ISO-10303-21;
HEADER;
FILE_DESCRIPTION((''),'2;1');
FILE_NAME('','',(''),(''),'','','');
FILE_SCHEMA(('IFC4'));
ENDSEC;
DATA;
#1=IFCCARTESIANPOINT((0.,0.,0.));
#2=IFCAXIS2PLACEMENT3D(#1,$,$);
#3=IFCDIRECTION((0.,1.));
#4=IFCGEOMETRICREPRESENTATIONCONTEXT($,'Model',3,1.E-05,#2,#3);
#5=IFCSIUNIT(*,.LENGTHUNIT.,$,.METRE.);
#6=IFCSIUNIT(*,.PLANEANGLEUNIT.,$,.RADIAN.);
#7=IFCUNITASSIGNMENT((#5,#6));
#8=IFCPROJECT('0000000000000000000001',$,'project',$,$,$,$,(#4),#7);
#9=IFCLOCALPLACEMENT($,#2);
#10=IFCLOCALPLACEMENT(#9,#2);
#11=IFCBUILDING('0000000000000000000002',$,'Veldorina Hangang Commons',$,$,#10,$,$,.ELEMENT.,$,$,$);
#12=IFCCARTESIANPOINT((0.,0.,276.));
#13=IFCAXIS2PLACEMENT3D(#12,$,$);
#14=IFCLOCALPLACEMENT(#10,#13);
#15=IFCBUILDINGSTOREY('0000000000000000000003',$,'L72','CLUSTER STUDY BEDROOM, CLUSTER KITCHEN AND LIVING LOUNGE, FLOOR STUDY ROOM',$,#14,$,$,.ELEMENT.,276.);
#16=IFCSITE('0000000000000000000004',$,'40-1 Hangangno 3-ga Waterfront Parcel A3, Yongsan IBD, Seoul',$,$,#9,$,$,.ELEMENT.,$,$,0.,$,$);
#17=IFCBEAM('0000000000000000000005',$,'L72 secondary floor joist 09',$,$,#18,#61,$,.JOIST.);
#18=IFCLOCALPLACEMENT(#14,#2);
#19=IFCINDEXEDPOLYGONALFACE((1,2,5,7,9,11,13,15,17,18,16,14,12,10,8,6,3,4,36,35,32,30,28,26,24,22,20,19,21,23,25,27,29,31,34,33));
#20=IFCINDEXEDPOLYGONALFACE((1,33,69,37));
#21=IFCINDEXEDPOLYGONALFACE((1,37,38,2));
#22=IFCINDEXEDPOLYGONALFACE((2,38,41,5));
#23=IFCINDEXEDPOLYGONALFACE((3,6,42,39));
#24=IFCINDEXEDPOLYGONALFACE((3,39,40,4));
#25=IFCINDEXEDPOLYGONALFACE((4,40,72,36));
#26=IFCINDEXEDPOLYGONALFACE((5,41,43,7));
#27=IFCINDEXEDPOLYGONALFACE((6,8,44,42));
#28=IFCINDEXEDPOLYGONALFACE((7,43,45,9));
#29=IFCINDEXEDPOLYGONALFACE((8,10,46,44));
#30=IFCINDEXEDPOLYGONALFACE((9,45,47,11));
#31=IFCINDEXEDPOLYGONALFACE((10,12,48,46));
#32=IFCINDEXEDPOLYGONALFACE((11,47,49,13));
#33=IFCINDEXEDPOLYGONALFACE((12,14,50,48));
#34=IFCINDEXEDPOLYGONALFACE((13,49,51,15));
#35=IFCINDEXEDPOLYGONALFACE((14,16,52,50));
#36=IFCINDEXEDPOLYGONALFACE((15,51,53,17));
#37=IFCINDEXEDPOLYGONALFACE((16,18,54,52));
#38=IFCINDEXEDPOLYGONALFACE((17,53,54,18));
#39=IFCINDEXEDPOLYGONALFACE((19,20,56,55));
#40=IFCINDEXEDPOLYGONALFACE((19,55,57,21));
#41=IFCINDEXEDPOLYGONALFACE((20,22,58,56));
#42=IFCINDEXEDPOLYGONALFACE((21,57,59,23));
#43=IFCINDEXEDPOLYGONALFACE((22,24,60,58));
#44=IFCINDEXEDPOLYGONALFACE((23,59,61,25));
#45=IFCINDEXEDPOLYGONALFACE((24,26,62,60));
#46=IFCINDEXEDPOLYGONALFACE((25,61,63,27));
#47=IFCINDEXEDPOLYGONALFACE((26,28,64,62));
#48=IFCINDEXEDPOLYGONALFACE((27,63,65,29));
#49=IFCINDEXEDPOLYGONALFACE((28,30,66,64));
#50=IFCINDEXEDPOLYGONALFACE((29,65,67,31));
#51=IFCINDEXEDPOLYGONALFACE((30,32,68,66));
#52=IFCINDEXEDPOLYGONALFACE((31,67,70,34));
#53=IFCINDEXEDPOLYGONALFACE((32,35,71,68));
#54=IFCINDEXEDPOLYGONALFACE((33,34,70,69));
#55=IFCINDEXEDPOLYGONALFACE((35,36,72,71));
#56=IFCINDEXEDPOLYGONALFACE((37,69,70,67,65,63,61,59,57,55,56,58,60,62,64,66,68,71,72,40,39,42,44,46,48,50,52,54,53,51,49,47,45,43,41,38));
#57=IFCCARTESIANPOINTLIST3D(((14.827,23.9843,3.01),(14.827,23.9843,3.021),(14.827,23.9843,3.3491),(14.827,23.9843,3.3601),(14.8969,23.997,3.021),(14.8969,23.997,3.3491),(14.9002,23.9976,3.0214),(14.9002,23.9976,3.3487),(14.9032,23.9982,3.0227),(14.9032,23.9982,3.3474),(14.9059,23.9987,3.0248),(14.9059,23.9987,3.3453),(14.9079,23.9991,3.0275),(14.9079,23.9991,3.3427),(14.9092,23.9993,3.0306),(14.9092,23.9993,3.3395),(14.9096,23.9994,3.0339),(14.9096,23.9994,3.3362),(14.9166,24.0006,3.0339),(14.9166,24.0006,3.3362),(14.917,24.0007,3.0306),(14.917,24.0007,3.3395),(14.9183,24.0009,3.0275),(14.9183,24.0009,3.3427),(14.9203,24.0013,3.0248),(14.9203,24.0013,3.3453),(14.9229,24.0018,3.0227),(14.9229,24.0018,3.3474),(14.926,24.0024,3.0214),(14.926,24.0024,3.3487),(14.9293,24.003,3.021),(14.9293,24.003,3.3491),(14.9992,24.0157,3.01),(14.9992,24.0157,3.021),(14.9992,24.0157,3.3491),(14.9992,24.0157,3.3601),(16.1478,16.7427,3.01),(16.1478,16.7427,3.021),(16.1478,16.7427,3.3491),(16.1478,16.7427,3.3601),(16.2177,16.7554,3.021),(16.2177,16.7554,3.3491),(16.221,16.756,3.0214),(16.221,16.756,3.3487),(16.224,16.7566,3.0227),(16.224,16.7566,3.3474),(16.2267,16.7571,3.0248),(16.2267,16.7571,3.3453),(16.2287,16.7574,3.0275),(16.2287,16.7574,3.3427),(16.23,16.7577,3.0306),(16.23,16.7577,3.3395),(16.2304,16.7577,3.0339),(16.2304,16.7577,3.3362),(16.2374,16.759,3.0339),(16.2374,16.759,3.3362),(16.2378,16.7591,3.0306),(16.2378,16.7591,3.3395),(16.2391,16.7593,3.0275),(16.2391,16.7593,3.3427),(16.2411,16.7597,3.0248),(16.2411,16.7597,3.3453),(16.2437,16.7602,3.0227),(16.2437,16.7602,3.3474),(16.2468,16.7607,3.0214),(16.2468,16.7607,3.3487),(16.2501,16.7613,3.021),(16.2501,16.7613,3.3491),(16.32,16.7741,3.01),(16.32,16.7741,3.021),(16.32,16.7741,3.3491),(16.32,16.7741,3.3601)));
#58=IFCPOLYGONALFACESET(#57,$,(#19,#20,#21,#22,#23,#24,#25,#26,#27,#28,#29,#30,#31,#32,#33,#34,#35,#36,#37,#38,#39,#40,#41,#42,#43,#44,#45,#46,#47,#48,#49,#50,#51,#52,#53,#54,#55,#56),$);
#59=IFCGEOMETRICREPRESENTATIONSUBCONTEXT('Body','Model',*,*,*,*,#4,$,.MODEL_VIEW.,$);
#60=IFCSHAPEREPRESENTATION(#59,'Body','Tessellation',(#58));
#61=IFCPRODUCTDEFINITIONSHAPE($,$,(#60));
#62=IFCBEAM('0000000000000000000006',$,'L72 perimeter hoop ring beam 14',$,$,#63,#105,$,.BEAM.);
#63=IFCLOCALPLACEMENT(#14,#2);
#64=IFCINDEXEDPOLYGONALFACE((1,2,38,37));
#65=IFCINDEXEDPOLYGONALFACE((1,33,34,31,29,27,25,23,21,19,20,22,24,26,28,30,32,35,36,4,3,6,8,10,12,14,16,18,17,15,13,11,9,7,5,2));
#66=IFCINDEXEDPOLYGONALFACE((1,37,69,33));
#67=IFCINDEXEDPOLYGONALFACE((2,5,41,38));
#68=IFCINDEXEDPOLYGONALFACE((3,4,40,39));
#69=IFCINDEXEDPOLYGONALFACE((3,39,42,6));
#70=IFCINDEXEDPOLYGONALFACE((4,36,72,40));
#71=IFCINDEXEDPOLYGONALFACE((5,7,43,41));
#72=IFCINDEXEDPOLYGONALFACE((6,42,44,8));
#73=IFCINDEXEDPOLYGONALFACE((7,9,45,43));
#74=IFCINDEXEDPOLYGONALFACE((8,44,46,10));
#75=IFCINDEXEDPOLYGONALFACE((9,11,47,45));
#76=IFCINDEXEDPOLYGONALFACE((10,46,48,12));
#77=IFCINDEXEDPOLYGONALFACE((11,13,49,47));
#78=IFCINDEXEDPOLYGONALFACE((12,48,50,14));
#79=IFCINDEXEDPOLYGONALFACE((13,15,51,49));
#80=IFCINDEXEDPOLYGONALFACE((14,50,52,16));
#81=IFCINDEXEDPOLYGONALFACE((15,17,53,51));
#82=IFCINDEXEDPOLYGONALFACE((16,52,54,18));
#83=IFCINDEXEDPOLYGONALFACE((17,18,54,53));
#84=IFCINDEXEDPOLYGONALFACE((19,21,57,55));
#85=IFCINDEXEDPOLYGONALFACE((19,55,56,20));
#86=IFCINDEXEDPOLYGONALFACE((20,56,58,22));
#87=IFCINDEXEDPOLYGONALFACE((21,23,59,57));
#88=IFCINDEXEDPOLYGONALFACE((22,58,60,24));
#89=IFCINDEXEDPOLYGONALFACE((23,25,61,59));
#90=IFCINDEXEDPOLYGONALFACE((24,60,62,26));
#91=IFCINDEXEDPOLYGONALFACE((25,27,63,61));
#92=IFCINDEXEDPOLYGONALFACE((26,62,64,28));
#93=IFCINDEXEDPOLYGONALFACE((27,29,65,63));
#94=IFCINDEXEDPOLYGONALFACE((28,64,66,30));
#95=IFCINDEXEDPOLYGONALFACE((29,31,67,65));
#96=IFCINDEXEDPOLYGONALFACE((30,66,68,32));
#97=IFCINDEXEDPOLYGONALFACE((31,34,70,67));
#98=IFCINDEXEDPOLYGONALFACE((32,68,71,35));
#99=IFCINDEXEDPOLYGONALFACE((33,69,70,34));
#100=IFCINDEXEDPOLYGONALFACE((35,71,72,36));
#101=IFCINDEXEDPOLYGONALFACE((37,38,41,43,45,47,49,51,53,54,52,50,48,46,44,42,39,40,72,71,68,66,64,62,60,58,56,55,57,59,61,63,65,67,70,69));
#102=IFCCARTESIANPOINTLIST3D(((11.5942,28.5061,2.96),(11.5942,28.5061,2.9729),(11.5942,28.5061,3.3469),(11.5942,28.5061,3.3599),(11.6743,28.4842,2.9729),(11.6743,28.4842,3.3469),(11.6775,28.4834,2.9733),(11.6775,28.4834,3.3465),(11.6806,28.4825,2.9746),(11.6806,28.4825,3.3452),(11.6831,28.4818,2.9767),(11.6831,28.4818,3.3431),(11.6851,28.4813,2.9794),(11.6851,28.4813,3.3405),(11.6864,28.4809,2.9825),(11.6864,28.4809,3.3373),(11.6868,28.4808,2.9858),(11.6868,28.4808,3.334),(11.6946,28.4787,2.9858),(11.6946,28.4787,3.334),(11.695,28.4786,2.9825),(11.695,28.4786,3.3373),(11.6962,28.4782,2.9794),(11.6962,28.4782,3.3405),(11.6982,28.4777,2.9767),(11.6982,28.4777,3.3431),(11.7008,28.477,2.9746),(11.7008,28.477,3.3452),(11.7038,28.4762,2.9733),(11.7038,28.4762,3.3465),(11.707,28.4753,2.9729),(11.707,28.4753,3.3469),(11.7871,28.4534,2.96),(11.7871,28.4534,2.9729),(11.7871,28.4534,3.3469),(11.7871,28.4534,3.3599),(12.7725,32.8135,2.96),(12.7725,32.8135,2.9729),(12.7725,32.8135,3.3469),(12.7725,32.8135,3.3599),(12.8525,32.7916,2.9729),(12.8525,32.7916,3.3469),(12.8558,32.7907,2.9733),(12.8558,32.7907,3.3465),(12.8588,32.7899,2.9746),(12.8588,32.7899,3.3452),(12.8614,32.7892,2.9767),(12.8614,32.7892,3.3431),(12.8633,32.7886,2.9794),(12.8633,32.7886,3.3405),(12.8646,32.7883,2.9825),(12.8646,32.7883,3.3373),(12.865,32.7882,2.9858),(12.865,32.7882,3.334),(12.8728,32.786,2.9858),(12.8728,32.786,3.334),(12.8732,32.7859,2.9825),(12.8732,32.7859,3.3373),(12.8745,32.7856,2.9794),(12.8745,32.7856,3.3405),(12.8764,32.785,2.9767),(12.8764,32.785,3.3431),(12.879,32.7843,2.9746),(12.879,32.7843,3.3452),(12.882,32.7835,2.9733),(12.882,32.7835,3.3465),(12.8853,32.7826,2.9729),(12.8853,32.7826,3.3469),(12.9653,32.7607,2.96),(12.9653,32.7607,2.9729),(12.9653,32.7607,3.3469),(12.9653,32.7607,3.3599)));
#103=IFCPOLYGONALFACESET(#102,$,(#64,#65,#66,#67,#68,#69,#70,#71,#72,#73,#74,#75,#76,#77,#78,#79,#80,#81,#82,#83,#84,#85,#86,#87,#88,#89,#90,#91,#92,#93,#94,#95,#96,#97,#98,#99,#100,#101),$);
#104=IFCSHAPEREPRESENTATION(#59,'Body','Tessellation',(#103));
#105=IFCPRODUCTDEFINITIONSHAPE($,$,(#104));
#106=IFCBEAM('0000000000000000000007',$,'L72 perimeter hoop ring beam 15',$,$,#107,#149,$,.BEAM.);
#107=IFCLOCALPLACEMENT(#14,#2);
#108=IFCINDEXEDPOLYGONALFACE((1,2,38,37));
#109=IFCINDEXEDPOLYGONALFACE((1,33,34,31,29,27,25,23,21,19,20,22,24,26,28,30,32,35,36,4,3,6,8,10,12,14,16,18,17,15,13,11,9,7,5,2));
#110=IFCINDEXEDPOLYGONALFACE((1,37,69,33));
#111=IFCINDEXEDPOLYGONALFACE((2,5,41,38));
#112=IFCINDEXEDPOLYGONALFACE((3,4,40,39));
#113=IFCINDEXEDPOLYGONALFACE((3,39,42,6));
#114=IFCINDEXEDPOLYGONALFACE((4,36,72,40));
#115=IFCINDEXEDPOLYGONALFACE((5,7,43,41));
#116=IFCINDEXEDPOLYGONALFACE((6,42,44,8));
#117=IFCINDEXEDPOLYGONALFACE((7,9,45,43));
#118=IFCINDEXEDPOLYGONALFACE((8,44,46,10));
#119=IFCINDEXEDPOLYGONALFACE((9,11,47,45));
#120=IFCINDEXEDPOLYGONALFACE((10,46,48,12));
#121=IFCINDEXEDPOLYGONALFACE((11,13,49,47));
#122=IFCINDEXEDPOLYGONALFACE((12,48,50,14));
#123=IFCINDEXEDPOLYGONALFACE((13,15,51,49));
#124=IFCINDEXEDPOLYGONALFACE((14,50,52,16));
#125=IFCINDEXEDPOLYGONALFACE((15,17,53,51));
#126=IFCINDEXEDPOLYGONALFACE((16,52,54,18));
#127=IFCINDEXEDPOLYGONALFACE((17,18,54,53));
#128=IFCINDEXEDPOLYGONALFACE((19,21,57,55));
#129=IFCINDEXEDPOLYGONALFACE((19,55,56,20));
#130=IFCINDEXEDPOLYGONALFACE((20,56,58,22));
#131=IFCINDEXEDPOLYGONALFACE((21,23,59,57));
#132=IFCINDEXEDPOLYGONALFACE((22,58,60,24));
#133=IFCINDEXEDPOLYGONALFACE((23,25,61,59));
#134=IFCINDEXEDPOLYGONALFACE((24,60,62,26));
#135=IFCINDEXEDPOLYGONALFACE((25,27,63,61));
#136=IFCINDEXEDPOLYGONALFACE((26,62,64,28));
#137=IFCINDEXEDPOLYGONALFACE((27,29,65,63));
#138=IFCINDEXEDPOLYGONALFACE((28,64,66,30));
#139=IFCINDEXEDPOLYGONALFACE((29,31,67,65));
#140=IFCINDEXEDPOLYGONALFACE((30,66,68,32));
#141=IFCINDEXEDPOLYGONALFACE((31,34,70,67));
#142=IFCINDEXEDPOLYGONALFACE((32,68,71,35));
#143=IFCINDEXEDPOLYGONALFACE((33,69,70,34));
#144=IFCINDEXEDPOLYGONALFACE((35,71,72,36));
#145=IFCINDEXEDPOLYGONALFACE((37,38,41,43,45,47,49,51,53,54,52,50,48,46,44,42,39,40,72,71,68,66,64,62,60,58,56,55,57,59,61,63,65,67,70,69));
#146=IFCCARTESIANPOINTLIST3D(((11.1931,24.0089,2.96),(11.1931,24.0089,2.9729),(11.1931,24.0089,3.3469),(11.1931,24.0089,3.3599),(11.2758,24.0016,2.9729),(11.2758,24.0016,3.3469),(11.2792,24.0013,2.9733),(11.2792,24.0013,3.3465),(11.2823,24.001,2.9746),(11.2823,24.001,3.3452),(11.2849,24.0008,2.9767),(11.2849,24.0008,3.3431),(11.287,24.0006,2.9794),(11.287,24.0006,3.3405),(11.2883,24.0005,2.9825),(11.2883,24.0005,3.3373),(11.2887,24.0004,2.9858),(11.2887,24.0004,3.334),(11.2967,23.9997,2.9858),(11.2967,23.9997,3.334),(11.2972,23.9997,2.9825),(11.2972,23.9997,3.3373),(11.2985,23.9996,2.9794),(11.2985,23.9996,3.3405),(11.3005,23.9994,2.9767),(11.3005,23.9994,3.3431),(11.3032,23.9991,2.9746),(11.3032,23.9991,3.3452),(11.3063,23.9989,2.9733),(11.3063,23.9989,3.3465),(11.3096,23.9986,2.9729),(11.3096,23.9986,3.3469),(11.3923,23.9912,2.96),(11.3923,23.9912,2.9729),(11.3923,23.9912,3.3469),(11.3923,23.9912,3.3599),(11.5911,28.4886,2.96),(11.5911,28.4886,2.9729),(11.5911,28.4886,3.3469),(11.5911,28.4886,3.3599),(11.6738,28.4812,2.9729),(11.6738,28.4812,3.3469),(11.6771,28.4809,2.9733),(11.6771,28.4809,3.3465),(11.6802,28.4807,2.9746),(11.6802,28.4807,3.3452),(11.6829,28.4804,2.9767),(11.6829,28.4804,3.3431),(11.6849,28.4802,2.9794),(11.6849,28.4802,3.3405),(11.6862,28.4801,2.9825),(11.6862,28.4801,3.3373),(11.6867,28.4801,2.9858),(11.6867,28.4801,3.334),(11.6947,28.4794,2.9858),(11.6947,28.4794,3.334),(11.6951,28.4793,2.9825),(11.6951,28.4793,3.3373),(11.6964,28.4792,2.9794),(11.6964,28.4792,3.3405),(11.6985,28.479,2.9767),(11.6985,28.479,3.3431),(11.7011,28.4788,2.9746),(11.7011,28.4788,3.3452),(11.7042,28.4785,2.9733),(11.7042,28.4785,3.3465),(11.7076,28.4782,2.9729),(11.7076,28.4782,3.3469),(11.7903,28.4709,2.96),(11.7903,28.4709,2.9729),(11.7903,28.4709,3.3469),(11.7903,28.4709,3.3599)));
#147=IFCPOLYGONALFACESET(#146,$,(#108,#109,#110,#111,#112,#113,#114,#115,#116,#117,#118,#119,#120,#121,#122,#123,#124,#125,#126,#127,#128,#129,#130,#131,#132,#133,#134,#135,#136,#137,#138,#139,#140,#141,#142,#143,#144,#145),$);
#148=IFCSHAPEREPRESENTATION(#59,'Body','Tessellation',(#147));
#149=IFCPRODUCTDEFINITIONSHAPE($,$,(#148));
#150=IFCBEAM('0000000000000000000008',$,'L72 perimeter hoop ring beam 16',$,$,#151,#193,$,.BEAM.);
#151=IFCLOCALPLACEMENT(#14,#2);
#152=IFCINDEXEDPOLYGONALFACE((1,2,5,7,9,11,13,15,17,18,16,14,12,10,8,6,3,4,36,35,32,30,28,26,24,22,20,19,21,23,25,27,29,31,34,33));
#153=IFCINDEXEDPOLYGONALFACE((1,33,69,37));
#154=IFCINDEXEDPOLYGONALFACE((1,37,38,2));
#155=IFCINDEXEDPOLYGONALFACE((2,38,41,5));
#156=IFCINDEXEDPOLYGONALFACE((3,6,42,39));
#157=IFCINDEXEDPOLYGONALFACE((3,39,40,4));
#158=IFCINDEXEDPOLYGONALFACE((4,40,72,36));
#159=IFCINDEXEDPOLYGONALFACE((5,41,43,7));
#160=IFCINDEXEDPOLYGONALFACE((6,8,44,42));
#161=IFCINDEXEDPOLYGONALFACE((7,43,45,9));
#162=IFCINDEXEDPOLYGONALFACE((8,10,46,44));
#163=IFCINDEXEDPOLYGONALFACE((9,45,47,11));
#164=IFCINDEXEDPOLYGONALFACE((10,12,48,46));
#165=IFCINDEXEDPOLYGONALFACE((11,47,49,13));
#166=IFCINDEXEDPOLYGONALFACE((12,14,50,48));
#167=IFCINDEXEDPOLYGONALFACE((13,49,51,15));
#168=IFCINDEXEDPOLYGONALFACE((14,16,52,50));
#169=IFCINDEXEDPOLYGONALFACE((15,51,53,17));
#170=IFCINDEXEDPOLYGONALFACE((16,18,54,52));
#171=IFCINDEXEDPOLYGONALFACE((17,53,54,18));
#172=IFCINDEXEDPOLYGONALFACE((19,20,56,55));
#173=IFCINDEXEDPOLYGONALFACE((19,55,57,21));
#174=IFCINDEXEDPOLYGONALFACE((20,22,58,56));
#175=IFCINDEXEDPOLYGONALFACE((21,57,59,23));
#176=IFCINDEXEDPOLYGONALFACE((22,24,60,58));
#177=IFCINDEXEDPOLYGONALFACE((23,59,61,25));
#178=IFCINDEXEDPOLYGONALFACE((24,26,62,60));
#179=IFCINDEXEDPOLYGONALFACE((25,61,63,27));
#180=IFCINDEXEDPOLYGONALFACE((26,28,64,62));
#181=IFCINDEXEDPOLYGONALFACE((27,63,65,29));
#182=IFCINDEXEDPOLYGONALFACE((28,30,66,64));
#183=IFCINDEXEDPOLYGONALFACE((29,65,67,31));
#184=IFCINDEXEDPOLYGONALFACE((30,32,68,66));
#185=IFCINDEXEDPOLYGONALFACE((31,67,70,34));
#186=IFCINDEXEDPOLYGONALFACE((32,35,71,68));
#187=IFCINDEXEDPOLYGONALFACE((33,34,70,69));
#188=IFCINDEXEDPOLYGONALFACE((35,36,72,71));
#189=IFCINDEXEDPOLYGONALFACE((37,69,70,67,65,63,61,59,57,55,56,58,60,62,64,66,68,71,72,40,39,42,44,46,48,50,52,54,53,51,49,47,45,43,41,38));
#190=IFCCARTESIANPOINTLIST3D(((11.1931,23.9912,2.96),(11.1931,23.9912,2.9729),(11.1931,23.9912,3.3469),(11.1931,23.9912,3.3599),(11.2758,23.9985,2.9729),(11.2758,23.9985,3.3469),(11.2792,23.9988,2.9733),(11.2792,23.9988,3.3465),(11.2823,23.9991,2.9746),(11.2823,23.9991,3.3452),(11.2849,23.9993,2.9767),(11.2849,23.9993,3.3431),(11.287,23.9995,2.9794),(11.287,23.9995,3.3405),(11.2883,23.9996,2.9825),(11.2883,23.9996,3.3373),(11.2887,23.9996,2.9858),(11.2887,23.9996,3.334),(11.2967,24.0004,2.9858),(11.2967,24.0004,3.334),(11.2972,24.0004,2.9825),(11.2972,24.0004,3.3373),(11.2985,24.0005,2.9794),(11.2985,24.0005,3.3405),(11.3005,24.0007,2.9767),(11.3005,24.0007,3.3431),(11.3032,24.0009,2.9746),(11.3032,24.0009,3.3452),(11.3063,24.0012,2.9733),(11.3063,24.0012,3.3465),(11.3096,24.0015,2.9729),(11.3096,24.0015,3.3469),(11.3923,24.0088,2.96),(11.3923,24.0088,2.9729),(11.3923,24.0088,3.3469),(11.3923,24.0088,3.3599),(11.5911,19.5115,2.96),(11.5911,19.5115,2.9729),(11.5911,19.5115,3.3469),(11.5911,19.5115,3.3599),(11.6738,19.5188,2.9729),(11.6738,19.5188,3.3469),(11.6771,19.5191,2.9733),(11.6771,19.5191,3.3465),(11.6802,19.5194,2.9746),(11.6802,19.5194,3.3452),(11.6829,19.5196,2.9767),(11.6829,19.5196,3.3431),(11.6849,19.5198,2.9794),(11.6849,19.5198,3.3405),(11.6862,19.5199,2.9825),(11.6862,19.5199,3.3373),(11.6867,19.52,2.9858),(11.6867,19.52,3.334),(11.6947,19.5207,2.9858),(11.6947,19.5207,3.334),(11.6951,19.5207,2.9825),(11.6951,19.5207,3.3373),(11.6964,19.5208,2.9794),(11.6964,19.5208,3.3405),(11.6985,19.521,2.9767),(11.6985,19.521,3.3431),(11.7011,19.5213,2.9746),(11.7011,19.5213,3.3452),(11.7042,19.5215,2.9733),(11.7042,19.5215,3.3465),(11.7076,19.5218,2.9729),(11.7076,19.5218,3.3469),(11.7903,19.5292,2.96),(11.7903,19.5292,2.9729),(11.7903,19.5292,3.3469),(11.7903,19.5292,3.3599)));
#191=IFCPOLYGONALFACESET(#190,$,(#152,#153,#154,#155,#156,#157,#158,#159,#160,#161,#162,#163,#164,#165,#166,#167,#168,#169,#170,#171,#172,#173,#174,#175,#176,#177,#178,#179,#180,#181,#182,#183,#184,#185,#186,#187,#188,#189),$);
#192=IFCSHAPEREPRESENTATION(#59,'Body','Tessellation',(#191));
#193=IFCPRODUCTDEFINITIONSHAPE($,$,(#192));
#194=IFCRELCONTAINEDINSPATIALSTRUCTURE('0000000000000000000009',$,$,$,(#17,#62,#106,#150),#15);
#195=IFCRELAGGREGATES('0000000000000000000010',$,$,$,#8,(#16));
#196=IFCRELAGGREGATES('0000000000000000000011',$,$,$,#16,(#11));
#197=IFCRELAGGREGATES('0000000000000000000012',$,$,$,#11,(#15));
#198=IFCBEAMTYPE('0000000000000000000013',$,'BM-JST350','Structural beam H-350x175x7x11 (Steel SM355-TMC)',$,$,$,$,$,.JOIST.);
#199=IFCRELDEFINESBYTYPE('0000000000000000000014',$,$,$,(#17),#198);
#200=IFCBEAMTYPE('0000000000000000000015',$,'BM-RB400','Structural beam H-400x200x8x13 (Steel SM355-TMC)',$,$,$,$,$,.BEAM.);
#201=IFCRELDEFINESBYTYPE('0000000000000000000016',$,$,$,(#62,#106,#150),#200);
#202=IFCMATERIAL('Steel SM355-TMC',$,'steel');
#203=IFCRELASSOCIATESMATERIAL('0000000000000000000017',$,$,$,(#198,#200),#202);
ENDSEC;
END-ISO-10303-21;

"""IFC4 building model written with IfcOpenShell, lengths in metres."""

from ifc_helpers import new_model, si_unit, direction, frame, origin, origin_2d, place, context, subcontext, project, spatial, i_section, extrude, material, material_profile, profile_set, type_object, element, save


model = new_model("IFC4")

# Units and contexts
model_context = context("Model", 3, precision=1e-05, world=origin(), true_north=direction((0.0, 1.0)))
body_context = subcontext(model_context, "Body", "Model", "MODEL_VIEW")
ifc_project = project(units=[si_unit("LENGTHUNIT", "METRE"), si_unit("PLANEANGLEUNIT", "RADIAN")], contexts=[model_context])

# Site, building, storey
site_placement = place(None, origin())
site = spatial("IfcSite", under=ifc_project, at=site_placement, Name="40-1 Hangangno 3-ga Waterfront Parcel A3, Yongsan IBD, Seoul", CompositionType="ELEMENT", RefElevation=0.0)
building_placement = place(site_placement, origin())
building = spatial("IfcBuilding", under=site, at=building_placement, Name="Veldorina Hangang Commons", CompositionType="ELEMENT")
storey_placement = place(building_placement, frame((0.0, 0.0, 276.0)))
storey = spatial("IfcBuildingStorey", under=building, at=storey_placement, Name="L72", Description="CLUSTER STUDY BEDROOM, CLUSTER KITCHEN AND LIVING LOUNGE, FLOOR STUDY ROOM", CompositionType="ELEMENT", Elevation=276.0)

# Beams
ifc_material_1 = material(Name="Steel SM355-TMC", Category="steel")
ifc_material_profile_1 = material_profile(ifc_material_1, i_section(OverallWidth=0.175, OverallDepth=0.3501, WebThickness=0.0071, FlangeThickness=0.011, FilletRadius=0.0129, at=origin_2d()), Name="H-350x175x7x11")
ifc_profile_set_1 = profile_set([ifc_material_profile_1], Name="Steel SM355-TMC")
beam_type_1 = type_object("IfcBeamType", Name="BM-JST350", Description="Structural beam H-350x175x7x11 (Steel SM355-TMC)", PredefinedType="JOIST", material=ifc_profile_set_1)
beam_1_placement = place(storey_placement, frame((14.9131, 24.0, 3.1851), z_axis=(0.179428, -0.983771, 0.0), x_axis=(0.983771, 0.179428, 0.0)))
element("IfcBeam", 1, at=beam_1_placement, inside=storey, type_object=beam_type_1, Name="L72 secondary floor joist 09", PredefinedType="JOIST", context=body_context, shape_type="SweptSolid", body=[
    extrude(i_section(OverallWidth=0.175, OverallDepth=0.3501, WebThickness=0.0071, FlangeThickness=0.011, FilletRadius=0.0129, at=origin_2d()), origin(), (0.0, 0.0, 1.0), 7.3611),
])
ifc_material_profile_2 = material_profile(ifc_material_1, i_section(OverallWidth=0.2, OverallDepth=0.3999, WebThickness=0.0081, FlangeThickness=0.0129, FilletRadius=0.0129, at=origin_2d()), Name="H-400x200x8x13")
ifc_profile_set_2 = profile_set([ifc_material_profile_2], Name="Steel SM355-TMC")
beam_type_2 = type_object("IfcBeamType", Name="BM-RB400", Description="Structural beam H-400x200x8x13 (Steel SM355-TMC)", PredefinedType="BEAM", material=ifc_profile_set_2)
beam_2_placement = place(storey_placement, frame((12.8689, 32.7871, 3.1599), z_axis=(-0.263844, -0.964565, 0.0), x_axis=(0.964565, -0.263844, 0.0)))
element("IfcBeam", 2, at=beam_2_placement, inside=storey, type_object=beam_type_2, Name="L72 perimeter hoop ring beam 14", PredefinedType="BEAM", context=body_context, shape_type="SweptSolid", body=[
    extrude(i_section(OverallWidth=0.2, OverallDepth=0.3999, WebThickness=0.0081, FlangeThickness=0.0129, FilletRadius=0.0129, at=origin_2d()), origin(), (0.0, 0.0, 1.0), 4.4656),
])
for number, where, z_axis, x_axis, name in (
    (3, (11.6907, 28.4797, 3.1599), (-0.088485, -0.996078, 0.0), (0.996078, -0.088485, 0.0), "L72 perimeter hoop ring beam 15"),
    (4, (11.2927, 24.0, 3.1599), (0.088485, -0.996078, 0.0), (0.996078, 0.088485, 0.0), "L72 perimeter hoop ring beam 16"),
):
    element("IfcBeam", number, at=place(storey_placement, frame(where, z_axis=z_axis, x_axis=x_axis)), inside=storey, type_object=beam_type_2, Name=name, PredefinedType="BEAM", context=body_context, shape_type="SweptSolid", body=[
        extrude(i_section(OverallWidth=0.2, OverallDepth=0.3999, WebThickness=0.0081, FlangeThickness=0.0129, FilletRadius=0.0129, at=origin_2d()), origin(), (0.0, 0.0, 1.0), 4.4973),
    ])

save(model, "model.ifc")
